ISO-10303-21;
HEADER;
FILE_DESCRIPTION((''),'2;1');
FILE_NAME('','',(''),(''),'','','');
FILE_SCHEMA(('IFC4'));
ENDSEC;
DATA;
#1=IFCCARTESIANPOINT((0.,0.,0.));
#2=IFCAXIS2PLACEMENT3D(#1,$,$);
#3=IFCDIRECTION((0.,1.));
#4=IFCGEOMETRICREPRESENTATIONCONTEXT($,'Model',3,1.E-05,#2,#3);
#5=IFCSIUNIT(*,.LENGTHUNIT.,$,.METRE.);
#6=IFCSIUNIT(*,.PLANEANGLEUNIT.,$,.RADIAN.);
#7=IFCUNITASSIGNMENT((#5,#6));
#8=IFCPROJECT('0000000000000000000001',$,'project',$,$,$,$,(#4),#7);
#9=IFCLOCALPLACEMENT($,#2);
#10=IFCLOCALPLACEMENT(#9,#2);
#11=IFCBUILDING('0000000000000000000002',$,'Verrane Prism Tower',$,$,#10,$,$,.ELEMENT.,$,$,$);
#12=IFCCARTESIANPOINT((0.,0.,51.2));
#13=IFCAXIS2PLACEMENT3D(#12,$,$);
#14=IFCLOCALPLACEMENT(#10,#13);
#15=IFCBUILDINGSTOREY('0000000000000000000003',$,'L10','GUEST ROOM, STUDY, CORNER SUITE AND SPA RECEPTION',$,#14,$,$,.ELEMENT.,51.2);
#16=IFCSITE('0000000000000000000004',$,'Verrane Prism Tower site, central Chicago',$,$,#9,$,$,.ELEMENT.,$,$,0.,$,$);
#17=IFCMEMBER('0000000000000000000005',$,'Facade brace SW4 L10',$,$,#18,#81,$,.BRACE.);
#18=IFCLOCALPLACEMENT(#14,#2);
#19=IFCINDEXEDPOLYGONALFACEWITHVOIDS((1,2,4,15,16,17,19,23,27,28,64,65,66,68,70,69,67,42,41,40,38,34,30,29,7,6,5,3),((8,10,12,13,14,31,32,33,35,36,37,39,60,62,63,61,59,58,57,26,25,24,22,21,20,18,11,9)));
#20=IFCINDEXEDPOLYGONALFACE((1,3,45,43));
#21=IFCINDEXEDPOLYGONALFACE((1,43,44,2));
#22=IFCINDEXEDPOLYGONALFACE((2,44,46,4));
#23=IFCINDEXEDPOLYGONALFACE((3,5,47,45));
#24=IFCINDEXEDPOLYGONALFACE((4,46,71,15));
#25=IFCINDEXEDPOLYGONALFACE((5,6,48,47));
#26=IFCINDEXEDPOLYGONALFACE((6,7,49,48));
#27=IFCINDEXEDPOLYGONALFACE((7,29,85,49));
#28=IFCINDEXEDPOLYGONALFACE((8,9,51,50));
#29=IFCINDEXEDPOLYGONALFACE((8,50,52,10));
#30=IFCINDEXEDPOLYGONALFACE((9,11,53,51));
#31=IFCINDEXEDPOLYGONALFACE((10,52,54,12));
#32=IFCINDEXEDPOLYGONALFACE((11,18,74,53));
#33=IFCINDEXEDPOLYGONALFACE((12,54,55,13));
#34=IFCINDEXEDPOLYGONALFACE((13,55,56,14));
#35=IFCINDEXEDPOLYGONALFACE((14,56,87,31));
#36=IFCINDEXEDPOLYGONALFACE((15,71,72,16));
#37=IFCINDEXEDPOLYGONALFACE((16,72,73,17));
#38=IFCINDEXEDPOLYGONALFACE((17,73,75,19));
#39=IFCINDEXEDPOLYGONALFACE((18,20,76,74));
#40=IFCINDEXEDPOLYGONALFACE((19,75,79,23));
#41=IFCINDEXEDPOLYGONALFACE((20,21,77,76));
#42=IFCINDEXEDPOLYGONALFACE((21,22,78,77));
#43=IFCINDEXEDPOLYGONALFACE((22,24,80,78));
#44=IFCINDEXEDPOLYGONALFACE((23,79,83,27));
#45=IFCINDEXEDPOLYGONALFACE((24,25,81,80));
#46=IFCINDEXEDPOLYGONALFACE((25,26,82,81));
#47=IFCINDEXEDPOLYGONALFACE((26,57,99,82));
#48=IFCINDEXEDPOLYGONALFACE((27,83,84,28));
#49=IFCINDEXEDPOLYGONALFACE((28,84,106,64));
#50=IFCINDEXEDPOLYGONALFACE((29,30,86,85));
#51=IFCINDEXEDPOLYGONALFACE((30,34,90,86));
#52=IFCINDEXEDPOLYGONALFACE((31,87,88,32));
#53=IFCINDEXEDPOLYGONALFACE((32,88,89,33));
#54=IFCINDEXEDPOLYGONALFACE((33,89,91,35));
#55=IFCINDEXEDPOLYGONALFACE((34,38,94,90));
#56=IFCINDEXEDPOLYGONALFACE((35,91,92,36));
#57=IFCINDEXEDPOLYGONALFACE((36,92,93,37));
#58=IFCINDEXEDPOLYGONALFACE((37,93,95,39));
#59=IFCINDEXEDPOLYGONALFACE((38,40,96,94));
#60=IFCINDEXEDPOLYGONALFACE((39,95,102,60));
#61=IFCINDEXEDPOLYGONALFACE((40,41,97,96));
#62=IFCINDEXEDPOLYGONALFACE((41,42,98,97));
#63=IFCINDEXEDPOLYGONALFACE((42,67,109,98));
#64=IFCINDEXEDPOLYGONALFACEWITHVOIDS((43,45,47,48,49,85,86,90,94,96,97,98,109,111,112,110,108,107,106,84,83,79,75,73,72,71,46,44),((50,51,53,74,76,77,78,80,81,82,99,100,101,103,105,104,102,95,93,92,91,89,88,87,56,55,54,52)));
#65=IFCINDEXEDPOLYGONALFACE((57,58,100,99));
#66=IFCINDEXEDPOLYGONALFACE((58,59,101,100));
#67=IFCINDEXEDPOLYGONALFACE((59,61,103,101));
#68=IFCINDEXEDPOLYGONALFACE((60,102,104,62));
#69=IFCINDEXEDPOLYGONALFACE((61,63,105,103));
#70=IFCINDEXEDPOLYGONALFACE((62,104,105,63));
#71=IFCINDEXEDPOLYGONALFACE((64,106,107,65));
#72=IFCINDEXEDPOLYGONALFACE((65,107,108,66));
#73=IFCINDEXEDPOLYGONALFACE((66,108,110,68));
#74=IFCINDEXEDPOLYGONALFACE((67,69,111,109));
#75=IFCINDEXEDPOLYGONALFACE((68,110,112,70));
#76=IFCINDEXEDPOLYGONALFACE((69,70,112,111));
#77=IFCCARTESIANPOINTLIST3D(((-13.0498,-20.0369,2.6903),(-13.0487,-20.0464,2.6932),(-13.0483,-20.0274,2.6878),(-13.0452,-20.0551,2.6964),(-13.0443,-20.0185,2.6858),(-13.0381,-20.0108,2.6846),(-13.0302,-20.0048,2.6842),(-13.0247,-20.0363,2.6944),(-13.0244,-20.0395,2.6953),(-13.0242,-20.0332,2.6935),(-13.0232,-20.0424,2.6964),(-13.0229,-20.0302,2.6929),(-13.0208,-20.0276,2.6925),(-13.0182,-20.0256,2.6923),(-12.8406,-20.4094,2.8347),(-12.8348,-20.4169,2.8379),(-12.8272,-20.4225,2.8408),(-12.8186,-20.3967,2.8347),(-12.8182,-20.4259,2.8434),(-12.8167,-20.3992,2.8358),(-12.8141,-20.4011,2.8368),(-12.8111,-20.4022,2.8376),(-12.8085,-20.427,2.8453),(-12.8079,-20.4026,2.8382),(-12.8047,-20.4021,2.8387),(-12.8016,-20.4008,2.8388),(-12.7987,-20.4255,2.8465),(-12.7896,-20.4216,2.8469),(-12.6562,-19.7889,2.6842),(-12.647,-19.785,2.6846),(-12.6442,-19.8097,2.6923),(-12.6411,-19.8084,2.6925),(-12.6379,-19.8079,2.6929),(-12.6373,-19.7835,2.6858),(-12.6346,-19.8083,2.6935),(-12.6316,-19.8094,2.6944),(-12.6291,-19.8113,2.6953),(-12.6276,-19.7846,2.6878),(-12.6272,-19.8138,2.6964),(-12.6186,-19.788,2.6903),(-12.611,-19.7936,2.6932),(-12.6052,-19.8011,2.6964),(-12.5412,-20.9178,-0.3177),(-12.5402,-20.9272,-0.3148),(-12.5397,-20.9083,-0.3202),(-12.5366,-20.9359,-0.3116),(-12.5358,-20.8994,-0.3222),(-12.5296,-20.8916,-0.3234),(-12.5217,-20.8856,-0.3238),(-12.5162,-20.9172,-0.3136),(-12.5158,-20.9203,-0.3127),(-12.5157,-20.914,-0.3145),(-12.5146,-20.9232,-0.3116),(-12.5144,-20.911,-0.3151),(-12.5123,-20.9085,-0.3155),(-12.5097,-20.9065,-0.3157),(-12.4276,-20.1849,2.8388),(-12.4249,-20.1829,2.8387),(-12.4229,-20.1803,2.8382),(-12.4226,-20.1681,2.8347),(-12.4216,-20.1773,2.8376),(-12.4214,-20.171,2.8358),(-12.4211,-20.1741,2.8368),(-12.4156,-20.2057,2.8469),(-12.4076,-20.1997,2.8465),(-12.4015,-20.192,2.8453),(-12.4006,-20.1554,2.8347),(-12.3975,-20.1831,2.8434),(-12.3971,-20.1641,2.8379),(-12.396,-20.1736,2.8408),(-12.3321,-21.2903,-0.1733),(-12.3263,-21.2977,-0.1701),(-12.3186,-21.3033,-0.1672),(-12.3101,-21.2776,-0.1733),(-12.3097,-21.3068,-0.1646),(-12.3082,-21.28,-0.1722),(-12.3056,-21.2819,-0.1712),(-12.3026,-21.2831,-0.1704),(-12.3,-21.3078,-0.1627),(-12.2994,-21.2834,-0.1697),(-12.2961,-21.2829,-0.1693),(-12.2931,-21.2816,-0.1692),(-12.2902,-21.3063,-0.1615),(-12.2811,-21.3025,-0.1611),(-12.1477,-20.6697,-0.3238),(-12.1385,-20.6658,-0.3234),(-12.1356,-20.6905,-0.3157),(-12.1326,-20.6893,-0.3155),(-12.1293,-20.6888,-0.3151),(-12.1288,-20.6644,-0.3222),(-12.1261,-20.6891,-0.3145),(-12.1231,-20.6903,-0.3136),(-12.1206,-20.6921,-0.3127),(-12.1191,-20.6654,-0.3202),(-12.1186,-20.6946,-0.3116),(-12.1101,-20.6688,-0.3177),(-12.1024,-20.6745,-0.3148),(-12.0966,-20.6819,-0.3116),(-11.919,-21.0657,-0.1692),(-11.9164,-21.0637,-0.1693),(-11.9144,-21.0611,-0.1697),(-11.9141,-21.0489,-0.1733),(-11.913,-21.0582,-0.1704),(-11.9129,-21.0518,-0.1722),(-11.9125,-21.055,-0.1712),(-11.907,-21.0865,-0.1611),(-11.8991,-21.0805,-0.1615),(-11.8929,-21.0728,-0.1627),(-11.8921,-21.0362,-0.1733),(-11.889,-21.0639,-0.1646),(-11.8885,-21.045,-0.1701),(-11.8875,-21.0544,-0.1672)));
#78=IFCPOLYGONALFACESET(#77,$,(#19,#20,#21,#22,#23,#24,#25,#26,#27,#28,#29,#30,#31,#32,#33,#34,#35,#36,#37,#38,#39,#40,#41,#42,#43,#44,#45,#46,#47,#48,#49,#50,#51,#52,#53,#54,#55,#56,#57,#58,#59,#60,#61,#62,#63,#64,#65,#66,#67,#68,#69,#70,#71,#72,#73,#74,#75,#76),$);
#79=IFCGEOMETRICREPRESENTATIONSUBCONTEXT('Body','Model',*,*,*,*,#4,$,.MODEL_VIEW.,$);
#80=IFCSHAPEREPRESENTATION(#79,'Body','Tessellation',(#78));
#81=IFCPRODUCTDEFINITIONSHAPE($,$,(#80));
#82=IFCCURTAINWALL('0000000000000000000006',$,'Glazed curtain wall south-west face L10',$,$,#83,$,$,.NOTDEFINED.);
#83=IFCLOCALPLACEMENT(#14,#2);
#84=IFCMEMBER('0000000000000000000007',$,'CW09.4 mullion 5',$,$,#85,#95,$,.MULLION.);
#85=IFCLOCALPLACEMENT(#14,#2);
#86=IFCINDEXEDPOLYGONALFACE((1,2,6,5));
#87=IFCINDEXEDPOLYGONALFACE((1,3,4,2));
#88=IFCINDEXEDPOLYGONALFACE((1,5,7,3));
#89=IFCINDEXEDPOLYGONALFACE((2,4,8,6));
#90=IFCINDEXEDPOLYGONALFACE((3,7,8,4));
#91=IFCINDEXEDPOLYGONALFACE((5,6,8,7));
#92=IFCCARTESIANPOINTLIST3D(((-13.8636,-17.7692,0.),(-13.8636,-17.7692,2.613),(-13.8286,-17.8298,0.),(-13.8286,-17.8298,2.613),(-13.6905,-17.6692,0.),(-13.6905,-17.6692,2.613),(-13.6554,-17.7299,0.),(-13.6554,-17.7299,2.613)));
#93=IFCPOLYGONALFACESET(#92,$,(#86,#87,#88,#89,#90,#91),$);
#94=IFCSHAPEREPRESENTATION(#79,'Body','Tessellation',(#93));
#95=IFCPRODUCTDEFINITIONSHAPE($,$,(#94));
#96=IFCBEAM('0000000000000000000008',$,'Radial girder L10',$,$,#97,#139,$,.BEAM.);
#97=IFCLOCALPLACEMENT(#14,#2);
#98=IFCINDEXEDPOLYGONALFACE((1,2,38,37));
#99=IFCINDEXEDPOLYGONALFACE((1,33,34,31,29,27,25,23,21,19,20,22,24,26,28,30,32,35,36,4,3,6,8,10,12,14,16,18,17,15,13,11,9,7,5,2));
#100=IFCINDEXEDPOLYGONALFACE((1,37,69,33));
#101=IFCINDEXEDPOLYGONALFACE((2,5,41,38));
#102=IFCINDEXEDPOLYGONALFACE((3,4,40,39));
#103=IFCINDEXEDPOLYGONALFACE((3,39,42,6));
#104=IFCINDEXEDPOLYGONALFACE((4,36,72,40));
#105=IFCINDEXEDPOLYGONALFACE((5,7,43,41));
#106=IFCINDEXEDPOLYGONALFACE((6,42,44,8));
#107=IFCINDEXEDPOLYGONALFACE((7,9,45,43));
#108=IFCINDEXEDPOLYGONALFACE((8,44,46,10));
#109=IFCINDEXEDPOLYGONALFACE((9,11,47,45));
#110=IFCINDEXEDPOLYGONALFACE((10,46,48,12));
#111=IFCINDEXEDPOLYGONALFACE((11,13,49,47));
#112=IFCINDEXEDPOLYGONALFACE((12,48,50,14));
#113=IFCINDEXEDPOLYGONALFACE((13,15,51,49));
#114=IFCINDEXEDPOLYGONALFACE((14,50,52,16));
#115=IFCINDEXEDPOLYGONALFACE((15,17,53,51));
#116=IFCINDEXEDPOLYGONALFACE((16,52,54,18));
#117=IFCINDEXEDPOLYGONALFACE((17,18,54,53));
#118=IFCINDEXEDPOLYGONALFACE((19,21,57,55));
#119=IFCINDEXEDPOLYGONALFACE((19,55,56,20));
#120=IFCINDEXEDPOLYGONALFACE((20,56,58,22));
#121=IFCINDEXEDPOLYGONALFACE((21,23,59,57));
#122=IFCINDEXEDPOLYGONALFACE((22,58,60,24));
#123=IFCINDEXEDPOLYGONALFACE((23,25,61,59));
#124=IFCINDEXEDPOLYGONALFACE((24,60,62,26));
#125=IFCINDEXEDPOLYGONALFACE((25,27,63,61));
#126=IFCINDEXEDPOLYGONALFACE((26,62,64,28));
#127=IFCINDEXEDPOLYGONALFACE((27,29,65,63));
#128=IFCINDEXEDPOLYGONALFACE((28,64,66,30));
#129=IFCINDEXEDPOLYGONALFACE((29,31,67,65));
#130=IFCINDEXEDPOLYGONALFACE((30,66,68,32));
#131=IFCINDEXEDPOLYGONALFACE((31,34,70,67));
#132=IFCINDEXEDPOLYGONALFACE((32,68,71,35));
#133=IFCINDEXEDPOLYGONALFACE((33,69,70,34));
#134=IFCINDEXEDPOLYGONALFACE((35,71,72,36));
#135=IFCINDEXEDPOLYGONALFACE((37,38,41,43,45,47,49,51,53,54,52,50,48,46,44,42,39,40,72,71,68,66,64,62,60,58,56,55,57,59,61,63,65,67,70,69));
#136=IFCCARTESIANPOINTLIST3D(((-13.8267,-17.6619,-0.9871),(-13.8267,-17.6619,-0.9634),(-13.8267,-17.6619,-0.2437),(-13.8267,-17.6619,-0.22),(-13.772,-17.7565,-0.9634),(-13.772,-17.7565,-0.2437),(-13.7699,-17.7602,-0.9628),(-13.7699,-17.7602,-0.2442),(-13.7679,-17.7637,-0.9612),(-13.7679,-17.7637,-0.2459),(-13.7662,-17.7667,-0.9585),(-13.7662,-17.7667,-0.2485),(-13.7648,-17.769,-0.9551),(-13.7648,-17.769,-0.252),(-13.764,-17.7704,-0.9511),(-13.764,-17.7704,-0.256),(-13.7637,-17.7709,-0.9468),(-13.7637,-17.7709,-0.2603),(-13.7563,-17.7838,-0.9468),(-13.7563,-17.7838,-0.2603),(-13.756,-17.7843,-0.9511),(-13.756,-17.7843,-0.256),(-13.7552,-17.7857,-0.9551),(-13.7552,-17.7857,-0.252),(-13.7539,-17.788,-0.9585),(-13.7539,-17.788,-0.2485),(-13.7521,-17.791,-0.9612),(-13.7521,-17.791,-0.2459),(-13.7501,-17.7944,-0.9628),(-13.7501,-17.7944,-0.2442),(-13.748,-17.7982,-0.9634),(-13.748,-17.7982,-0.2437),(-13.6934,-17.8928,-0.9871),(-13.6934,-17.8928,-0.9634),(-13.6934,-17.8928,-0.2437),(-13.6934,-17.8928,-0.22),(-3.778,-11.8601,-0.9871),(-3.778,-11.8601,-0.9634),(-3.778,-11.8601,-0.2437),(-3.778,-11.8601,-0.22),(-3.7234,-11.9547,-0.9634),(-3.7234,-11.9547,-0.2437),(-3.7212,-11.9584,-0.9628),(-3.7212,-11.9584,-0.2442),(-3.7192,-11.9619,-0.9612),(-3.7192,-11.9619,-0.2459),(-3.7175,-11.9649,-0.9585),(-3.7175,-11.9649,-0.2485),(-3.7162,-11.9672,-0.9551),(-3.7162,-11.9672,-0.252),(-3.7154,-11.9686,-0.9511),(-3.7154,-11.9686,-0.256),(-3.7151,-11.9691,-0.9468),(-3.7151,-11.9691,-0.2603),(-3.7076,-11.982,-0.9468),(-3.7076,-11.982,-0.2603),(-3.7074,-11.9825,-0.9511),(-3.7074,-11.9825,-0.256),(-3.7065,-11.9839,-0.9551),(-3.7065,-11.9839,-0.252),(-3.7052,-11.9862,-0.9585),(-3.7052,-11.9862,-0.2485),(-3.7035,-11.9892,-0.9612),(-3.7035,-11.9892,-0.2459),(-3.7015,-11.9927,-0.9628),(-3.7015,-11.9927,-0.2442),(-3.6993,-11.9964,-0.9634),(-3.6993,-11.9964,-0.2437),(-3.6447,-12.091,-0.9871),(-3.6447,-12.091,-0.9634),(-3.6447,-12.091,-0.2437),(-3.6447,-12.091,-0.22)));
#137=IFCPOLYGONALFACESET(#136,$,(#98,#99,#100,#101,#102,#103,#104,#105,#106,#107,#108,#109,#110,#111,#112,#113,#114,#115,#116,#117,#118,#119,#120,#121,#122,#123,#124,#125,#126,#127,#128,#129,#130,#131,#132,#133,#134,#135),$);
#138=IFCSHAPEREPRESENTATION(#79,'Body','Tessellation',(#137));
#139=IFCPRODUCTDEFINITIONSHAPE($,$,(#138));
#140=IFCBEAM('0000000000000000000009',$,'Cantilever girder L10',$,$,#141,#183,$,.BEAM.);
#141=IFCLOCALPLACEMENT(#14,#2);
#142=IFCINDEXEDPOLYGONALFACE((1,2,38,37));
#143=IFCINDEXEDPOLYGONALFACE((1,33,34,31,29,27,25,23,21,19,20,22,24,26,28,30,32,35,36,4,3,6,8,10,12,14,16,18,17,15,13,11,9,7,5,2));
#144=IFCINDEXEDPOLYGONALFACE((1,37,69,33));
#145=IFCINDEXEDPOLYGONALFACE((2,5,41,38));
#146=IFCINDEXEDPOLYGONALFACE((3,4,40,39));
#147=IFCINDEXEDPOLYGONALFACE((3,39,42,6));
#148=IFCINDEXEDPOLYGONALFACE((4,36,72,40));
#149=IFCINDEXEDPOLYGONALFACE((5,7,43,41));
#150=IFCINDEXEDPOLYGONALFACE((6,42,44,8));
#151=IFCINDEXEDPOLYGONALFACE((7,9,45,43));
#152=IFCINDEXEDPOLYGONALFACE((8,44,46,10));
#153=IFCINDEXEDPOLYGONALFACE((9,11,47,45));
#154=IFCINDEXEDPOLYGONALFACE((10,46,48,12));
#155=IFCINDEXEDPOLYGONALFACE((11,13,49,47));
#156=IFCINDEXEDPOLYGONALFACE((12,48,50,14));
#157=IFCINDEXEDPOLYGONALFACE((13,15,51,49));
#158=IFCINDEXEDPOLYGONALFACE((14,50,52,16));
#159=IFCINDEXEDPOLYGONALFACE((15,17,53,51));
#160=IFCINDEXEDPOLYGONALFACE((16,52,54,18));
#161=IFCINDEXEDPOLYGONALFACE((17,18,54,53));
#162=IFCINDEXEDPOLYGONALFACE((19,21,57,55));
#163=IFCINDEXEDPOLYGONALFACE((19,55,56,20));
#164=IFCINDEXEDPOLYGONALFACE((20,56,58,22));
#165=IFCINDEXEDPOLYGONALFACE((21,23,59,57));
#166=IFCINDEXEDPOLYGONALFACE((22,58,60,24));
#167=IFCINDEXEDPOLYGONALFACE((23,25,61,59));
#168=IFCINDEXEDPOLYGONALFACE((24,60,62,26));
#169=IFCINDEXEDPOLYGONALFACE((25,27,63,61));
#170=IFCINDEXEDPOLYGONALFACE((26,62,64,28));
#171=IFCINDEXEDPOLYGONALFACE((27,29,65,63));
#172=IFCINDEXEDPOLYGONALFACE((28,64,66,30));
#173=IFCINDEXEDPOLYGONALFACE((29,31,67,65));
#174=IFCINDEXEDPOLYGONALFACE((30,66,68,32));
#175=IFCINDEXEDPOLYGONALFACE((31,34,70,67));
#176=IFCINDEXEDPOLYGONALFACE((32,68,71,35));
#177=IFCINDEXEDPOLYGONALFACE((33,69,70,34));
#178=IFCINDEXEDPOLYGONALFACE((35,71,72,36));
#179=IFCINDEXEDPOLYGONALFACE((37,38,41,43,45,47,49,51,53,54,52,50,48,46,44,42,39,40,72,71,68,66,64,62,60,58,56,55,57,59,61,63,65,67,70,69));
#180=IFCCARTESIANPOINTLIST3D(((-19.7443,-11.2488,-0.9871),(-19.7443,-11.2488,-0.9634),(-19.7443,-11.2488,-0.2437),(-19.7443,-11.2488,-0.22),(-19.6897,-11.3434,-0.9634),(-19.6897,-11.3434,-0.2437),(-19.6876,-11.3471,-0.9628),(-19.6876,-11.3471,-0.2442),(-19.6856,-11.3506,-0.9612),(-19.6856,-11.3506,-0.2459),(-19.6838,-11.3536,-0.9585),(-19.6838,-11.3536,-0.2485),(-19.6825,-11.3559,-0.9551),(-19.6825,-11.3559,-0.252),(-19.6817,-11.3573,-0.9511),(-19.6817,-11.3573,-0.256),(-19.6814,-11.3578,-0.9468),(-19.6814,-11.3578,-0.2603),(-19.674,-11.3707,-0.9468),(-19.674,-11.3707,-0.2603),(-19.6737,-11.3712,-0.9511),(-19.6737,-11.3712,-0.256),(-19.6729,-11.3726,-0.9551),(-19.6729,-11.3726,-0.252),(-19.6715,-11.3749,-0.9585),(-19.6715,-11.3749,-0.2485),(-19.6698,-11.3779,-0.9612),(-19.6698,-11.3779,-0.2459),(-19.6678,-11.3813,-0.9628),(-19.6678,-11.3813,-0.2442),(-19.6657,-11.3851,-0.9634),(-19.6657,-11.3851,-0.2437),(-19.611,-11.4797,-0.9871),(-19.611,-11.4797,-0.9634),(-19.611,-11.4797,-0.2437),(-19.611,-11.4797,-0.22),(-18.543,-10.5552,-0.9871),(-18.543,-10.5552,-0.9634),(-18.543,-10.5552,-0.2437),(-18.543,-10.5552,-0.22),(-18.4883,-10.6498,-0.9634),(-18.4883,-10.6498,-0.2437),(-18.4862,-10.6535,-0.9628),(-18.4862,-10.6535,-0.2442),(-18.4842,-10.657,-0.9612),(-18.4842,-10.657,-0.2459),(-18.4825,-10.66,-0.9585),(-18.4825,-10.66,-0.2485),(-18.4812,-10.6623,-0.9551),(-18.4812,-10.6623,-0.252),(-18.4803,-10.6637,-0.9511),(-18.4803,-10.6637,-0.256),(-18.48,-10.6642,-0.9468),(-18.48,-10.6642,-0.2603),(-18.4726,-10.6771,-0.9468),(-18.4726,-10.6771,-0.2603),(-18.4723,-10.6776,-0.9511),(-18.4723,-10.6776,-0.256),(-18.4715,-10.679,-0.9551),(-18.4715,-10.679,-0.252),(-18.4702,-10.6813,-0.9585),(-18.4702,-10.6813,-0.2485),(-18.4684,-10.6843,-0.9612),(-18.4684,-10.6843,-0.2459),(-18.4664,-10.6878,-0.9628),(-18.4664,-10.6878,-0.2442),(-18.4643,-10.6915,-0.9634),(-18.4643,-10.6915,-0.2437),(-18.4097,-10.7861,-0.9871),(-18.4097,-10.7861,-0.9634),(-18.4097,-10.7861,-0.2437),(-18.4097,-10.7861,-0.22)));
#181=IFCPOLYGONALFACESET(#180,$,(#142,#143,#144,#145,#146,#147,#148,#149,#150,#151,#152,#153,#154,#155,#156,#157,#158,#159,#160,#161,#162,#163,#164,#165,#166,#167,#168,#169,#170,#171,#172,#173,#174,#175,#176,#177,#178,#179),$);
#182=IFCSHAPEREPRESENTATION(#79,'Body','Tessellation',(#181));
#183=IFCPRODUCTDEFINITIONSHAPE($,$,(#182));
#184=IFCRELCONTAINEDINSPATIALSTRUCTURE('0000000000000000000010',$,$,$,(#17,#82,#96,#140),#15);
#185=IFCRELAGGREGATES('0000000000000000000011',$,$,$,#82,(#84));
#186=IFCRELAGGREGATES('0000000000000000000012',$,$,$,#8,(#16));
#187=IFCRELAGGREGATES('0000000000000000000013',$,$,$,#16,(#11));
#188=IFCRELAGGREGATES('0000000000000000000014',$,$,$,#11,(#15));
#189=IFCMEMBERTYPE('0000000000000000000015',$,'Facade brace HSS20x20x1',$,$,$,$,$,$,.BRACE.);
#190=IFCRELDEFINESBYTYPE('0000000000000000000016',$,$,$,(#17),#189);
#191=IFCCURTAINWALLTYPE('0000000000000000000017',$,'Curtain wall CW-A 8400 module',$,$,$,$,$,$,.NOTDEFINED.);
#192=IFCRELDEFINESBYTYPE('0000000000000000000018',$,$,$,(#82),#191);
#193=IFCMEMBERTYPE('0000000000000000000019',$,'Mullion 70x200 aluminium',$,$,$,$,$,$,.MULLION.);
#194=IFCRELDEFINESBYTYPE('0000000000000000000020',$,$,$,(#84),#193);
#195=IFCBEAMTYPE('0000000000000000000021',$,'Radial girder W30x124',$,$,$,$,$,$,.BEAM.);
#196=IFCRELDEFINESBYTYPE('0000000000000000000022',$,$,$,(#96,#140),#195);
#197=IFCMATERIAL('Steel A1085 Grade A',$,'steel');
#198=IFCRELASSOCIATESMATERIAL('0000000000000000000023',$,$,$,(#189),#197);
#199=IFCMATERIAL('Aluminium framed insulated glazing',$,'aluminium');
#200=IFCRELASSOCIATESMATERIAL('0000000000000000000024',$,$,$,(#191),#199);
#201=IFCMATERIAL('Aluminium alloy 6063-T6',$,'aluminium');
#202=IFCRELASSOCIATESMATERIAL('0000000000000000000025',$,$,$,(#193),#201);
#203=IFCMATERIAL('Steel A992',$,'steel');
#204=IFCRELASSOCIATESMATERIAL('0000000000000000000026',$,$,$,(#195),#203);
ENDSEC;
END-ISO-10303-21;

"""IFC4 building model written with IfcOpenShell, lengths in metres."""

from ifc_helpers import new_model, si_unit, direction, frame, origin, origin_2d, place, context, subcontext, project, spatial, rectangle, hollow_rectangle, i_section, extrude, material, material_profile, profile_set, type_object, element, aggregate, save


model = new_model("IFC4")

# Units and contexts
model_context = context("Model", 3, precision=1e-05, world=origin(), true_north=direction((0.0, 1.0)))
body_context = subcontext(model_context, "Body", "Model", "MODEL_VIEW")
ifc_project = project(units=[si_unit("LENGTHUNIT", "METRE"), si_unit("PLANEANGLEUNIT", "RADIAN")], contexts=[model_context])

# Site, building, storey
site_placement = place(None, origin())
site = spatial("IfcSite", under=ifc_project, at=site_placement, Name="Verrane Prism Tower site, central Chicago", CompositionType="ELEMENT", RefElevation=0.0)
building_placement = place(site_placement, origin())
building = spatial("IfcBuilding", under=site, at=building_placement, Name="Verrane Prism Tower", CompositionType="ELEMENT")
storey_placement = place(building_placement, frame((0.0, 0.0, 51.2)))
storey = spatial("IfcBuildingStorey", under=building, at=storey_placement, Name="L10", Description="GUEST ROOM, STUDY, CORNER SUITE AND SPA RECEPTION", CompositionType="ELEMENT", Elevation=51.2)

# Member
ifc_material_1 = material(Name="Steel A1085 Grade A", Category="steel")
ifc_material_profile_1 = material_profile(ifc_material_1, hollow_rectangle(XDim=0.5081, YDim=0.5081, WallThickness=0.0254, InnerFilletRadius=0.0127, OuterFilletRadius=0.0381, at=origin_2d()), Name="HSS20x20x1")
ifc_profile_set_1 = profile_set([ifc_material_profile_1], Name="Steel A1085 Grade A")
member_type_1 = type_object("IfcMemberType", Name="Facade brace HSS20x20x1", PredefinedType="BRACE", material=ifc_profile_set_1)
member_1_placement = place(storey_placement, frame((-12.2144, -20.9861, -0.2424), z_axis=(-0.160153, 0.277404, 0.947311), x_axis=(-0.866034, -0.499986, 0.0)))
element("IfcMember", 1, at=member_1_placement, inside=storey, type_object=member_type_1, Name="Facade brace SW4 L10", PredefinedType="BRACE", context=body_context, shape_type="SweptSolid", body=[
    extrude(hollow_rectangle(XDim=0.5081, YDim=0.5081, WallThickness=0.0254, InnerFilletRadius=0.0127, OuterFilletRadius=0.0381, at=origin_2d()), origin(), (0.0, 0.0, 1.0), 3.1753),
])

# Curtain wall, member
ifc_material_2 = material(Name="Aluminium framed insulated glazing", Category="aluminium")
curtain_wall_type = type_object("IfcCurtainWallType", Name="Curtain wall CW-A 8400 module", PredefinedType="NOTDEFINED", material=ifc_material_2)
curtain_wall_placement = place(storey_placement, origin())
curtain_wall = element("IfcCurtainWall", 2, at=curtain_wall_placement, inside=storey, type_object=curtain_wall_type, Name="Glazed curtain wall south-west face L10", PredefinedType="NOTDEFINED")
ifc_material_3 = material(Name="Aluminium alloy 6063-T6", Category="aluminium")
ifc_material_profile_2 = material_profile(ifc_material_3, rectangle(XDim=0.2, YDim=0.0701, at=origin_2d()), Name="Mullion 70x200 aluminium")
ifc_profile_set_2 = profile_set([ifc_material_profile_2], Name="Aluminium alloy 6063-T6")
member_type_2 = type_object("IfcMemberType", Name="Mullion 70x200 aluminium", PredefinedType="MULLION", material=ifc_profile_set_2)
member_2_placement = place(storey_placement, frame((-13.7595, -17.7495, 0.0), z_axis=(0.0, 0.0, 1.0), x_axis=(0.866026, 0.499999, 0.0)))
member_2 = element("IfcMember", 3, at=member_2_placement, type_object=member_type_2, Name="CW09.4 mullion 5", PredefinedType="MULLION", context=body_context, shape_type="SweptSolid", body=[
    extrude(rectangle(XDim=0.2, YDim=0.0701, at=origin_2d()), origin(), (0.0, 0.0, 1.0), 2.613),
])

# Beams
ifc_material_4 = material(Name="Steel A992", Category="steel")
ifc_material_profile_3 = material_profile(ifc_material_4, i_section(OverallWidth=0.2666, OverallDepth=0.7671, WebThickness=0.0149, FlangeThickness=0.0237, FilletRadius=0.0166, at=origin_2d()), Name="W30x124")
ifc_profile_set_3 = profile_set([ifc_material_profile_3], Name="Steel A992")
beam_type_1 = type_object("IfcBeamType", Name="Radial girder W30x124", PredefinedType="BEAM", material=ifc_profile_set_3)
beam_1_placement = place(storey_placement, frame((-13.76, -17.7773, -0.6035), z_axis=(0.866018, 0.500013, 0.0), x_axis=(-0.500013, 0.866018, 0.0)))
element("IfcBeam", 4, at=beam_1_placement, inside=storey, type_object=beam_type_1, Name="Radial girder L10", PredefinedType="BEAM", context=body_context, shape_type="SweptSolid", body=[
    extrude(i_section(OverallWidth=0.2666, OverallDepth=0.7671, WebThickness=0.0149, FlangeThickness=0.0237, FilletRadius=0.0166, at=origin_2d()), origin(), (0.0, 0.0, 1.0), 11.6033),
])
beam_2_placement = place(storey_placement, frame((-18.4763, -10.6707, -0.6035), z_axis=(-0.866036, -0.499981, 0.0), x_axis=(0.499981, -0.866036, 0.0)))
element("IfcBeam", 5, at=beam_2_placement, inside=storey, type_object=beam_type_1, Name="Cantilever girder L10", PredefinedType="BEAM", context=body_context, shape_type="SweptSolid", body=[
    extrude(i_section(OverallWidth=0.2666, OverallDepth=0.7671, WebThickness=0.0149, FlangeThickness=0.0237, FilletRadius=0.0166, at=origin_2d()), origin(), (0.0, 0.0, 1.0), 1.3872),
])

aggregate(curtain_wall, [member_2])

save(model, "model.ifc")
